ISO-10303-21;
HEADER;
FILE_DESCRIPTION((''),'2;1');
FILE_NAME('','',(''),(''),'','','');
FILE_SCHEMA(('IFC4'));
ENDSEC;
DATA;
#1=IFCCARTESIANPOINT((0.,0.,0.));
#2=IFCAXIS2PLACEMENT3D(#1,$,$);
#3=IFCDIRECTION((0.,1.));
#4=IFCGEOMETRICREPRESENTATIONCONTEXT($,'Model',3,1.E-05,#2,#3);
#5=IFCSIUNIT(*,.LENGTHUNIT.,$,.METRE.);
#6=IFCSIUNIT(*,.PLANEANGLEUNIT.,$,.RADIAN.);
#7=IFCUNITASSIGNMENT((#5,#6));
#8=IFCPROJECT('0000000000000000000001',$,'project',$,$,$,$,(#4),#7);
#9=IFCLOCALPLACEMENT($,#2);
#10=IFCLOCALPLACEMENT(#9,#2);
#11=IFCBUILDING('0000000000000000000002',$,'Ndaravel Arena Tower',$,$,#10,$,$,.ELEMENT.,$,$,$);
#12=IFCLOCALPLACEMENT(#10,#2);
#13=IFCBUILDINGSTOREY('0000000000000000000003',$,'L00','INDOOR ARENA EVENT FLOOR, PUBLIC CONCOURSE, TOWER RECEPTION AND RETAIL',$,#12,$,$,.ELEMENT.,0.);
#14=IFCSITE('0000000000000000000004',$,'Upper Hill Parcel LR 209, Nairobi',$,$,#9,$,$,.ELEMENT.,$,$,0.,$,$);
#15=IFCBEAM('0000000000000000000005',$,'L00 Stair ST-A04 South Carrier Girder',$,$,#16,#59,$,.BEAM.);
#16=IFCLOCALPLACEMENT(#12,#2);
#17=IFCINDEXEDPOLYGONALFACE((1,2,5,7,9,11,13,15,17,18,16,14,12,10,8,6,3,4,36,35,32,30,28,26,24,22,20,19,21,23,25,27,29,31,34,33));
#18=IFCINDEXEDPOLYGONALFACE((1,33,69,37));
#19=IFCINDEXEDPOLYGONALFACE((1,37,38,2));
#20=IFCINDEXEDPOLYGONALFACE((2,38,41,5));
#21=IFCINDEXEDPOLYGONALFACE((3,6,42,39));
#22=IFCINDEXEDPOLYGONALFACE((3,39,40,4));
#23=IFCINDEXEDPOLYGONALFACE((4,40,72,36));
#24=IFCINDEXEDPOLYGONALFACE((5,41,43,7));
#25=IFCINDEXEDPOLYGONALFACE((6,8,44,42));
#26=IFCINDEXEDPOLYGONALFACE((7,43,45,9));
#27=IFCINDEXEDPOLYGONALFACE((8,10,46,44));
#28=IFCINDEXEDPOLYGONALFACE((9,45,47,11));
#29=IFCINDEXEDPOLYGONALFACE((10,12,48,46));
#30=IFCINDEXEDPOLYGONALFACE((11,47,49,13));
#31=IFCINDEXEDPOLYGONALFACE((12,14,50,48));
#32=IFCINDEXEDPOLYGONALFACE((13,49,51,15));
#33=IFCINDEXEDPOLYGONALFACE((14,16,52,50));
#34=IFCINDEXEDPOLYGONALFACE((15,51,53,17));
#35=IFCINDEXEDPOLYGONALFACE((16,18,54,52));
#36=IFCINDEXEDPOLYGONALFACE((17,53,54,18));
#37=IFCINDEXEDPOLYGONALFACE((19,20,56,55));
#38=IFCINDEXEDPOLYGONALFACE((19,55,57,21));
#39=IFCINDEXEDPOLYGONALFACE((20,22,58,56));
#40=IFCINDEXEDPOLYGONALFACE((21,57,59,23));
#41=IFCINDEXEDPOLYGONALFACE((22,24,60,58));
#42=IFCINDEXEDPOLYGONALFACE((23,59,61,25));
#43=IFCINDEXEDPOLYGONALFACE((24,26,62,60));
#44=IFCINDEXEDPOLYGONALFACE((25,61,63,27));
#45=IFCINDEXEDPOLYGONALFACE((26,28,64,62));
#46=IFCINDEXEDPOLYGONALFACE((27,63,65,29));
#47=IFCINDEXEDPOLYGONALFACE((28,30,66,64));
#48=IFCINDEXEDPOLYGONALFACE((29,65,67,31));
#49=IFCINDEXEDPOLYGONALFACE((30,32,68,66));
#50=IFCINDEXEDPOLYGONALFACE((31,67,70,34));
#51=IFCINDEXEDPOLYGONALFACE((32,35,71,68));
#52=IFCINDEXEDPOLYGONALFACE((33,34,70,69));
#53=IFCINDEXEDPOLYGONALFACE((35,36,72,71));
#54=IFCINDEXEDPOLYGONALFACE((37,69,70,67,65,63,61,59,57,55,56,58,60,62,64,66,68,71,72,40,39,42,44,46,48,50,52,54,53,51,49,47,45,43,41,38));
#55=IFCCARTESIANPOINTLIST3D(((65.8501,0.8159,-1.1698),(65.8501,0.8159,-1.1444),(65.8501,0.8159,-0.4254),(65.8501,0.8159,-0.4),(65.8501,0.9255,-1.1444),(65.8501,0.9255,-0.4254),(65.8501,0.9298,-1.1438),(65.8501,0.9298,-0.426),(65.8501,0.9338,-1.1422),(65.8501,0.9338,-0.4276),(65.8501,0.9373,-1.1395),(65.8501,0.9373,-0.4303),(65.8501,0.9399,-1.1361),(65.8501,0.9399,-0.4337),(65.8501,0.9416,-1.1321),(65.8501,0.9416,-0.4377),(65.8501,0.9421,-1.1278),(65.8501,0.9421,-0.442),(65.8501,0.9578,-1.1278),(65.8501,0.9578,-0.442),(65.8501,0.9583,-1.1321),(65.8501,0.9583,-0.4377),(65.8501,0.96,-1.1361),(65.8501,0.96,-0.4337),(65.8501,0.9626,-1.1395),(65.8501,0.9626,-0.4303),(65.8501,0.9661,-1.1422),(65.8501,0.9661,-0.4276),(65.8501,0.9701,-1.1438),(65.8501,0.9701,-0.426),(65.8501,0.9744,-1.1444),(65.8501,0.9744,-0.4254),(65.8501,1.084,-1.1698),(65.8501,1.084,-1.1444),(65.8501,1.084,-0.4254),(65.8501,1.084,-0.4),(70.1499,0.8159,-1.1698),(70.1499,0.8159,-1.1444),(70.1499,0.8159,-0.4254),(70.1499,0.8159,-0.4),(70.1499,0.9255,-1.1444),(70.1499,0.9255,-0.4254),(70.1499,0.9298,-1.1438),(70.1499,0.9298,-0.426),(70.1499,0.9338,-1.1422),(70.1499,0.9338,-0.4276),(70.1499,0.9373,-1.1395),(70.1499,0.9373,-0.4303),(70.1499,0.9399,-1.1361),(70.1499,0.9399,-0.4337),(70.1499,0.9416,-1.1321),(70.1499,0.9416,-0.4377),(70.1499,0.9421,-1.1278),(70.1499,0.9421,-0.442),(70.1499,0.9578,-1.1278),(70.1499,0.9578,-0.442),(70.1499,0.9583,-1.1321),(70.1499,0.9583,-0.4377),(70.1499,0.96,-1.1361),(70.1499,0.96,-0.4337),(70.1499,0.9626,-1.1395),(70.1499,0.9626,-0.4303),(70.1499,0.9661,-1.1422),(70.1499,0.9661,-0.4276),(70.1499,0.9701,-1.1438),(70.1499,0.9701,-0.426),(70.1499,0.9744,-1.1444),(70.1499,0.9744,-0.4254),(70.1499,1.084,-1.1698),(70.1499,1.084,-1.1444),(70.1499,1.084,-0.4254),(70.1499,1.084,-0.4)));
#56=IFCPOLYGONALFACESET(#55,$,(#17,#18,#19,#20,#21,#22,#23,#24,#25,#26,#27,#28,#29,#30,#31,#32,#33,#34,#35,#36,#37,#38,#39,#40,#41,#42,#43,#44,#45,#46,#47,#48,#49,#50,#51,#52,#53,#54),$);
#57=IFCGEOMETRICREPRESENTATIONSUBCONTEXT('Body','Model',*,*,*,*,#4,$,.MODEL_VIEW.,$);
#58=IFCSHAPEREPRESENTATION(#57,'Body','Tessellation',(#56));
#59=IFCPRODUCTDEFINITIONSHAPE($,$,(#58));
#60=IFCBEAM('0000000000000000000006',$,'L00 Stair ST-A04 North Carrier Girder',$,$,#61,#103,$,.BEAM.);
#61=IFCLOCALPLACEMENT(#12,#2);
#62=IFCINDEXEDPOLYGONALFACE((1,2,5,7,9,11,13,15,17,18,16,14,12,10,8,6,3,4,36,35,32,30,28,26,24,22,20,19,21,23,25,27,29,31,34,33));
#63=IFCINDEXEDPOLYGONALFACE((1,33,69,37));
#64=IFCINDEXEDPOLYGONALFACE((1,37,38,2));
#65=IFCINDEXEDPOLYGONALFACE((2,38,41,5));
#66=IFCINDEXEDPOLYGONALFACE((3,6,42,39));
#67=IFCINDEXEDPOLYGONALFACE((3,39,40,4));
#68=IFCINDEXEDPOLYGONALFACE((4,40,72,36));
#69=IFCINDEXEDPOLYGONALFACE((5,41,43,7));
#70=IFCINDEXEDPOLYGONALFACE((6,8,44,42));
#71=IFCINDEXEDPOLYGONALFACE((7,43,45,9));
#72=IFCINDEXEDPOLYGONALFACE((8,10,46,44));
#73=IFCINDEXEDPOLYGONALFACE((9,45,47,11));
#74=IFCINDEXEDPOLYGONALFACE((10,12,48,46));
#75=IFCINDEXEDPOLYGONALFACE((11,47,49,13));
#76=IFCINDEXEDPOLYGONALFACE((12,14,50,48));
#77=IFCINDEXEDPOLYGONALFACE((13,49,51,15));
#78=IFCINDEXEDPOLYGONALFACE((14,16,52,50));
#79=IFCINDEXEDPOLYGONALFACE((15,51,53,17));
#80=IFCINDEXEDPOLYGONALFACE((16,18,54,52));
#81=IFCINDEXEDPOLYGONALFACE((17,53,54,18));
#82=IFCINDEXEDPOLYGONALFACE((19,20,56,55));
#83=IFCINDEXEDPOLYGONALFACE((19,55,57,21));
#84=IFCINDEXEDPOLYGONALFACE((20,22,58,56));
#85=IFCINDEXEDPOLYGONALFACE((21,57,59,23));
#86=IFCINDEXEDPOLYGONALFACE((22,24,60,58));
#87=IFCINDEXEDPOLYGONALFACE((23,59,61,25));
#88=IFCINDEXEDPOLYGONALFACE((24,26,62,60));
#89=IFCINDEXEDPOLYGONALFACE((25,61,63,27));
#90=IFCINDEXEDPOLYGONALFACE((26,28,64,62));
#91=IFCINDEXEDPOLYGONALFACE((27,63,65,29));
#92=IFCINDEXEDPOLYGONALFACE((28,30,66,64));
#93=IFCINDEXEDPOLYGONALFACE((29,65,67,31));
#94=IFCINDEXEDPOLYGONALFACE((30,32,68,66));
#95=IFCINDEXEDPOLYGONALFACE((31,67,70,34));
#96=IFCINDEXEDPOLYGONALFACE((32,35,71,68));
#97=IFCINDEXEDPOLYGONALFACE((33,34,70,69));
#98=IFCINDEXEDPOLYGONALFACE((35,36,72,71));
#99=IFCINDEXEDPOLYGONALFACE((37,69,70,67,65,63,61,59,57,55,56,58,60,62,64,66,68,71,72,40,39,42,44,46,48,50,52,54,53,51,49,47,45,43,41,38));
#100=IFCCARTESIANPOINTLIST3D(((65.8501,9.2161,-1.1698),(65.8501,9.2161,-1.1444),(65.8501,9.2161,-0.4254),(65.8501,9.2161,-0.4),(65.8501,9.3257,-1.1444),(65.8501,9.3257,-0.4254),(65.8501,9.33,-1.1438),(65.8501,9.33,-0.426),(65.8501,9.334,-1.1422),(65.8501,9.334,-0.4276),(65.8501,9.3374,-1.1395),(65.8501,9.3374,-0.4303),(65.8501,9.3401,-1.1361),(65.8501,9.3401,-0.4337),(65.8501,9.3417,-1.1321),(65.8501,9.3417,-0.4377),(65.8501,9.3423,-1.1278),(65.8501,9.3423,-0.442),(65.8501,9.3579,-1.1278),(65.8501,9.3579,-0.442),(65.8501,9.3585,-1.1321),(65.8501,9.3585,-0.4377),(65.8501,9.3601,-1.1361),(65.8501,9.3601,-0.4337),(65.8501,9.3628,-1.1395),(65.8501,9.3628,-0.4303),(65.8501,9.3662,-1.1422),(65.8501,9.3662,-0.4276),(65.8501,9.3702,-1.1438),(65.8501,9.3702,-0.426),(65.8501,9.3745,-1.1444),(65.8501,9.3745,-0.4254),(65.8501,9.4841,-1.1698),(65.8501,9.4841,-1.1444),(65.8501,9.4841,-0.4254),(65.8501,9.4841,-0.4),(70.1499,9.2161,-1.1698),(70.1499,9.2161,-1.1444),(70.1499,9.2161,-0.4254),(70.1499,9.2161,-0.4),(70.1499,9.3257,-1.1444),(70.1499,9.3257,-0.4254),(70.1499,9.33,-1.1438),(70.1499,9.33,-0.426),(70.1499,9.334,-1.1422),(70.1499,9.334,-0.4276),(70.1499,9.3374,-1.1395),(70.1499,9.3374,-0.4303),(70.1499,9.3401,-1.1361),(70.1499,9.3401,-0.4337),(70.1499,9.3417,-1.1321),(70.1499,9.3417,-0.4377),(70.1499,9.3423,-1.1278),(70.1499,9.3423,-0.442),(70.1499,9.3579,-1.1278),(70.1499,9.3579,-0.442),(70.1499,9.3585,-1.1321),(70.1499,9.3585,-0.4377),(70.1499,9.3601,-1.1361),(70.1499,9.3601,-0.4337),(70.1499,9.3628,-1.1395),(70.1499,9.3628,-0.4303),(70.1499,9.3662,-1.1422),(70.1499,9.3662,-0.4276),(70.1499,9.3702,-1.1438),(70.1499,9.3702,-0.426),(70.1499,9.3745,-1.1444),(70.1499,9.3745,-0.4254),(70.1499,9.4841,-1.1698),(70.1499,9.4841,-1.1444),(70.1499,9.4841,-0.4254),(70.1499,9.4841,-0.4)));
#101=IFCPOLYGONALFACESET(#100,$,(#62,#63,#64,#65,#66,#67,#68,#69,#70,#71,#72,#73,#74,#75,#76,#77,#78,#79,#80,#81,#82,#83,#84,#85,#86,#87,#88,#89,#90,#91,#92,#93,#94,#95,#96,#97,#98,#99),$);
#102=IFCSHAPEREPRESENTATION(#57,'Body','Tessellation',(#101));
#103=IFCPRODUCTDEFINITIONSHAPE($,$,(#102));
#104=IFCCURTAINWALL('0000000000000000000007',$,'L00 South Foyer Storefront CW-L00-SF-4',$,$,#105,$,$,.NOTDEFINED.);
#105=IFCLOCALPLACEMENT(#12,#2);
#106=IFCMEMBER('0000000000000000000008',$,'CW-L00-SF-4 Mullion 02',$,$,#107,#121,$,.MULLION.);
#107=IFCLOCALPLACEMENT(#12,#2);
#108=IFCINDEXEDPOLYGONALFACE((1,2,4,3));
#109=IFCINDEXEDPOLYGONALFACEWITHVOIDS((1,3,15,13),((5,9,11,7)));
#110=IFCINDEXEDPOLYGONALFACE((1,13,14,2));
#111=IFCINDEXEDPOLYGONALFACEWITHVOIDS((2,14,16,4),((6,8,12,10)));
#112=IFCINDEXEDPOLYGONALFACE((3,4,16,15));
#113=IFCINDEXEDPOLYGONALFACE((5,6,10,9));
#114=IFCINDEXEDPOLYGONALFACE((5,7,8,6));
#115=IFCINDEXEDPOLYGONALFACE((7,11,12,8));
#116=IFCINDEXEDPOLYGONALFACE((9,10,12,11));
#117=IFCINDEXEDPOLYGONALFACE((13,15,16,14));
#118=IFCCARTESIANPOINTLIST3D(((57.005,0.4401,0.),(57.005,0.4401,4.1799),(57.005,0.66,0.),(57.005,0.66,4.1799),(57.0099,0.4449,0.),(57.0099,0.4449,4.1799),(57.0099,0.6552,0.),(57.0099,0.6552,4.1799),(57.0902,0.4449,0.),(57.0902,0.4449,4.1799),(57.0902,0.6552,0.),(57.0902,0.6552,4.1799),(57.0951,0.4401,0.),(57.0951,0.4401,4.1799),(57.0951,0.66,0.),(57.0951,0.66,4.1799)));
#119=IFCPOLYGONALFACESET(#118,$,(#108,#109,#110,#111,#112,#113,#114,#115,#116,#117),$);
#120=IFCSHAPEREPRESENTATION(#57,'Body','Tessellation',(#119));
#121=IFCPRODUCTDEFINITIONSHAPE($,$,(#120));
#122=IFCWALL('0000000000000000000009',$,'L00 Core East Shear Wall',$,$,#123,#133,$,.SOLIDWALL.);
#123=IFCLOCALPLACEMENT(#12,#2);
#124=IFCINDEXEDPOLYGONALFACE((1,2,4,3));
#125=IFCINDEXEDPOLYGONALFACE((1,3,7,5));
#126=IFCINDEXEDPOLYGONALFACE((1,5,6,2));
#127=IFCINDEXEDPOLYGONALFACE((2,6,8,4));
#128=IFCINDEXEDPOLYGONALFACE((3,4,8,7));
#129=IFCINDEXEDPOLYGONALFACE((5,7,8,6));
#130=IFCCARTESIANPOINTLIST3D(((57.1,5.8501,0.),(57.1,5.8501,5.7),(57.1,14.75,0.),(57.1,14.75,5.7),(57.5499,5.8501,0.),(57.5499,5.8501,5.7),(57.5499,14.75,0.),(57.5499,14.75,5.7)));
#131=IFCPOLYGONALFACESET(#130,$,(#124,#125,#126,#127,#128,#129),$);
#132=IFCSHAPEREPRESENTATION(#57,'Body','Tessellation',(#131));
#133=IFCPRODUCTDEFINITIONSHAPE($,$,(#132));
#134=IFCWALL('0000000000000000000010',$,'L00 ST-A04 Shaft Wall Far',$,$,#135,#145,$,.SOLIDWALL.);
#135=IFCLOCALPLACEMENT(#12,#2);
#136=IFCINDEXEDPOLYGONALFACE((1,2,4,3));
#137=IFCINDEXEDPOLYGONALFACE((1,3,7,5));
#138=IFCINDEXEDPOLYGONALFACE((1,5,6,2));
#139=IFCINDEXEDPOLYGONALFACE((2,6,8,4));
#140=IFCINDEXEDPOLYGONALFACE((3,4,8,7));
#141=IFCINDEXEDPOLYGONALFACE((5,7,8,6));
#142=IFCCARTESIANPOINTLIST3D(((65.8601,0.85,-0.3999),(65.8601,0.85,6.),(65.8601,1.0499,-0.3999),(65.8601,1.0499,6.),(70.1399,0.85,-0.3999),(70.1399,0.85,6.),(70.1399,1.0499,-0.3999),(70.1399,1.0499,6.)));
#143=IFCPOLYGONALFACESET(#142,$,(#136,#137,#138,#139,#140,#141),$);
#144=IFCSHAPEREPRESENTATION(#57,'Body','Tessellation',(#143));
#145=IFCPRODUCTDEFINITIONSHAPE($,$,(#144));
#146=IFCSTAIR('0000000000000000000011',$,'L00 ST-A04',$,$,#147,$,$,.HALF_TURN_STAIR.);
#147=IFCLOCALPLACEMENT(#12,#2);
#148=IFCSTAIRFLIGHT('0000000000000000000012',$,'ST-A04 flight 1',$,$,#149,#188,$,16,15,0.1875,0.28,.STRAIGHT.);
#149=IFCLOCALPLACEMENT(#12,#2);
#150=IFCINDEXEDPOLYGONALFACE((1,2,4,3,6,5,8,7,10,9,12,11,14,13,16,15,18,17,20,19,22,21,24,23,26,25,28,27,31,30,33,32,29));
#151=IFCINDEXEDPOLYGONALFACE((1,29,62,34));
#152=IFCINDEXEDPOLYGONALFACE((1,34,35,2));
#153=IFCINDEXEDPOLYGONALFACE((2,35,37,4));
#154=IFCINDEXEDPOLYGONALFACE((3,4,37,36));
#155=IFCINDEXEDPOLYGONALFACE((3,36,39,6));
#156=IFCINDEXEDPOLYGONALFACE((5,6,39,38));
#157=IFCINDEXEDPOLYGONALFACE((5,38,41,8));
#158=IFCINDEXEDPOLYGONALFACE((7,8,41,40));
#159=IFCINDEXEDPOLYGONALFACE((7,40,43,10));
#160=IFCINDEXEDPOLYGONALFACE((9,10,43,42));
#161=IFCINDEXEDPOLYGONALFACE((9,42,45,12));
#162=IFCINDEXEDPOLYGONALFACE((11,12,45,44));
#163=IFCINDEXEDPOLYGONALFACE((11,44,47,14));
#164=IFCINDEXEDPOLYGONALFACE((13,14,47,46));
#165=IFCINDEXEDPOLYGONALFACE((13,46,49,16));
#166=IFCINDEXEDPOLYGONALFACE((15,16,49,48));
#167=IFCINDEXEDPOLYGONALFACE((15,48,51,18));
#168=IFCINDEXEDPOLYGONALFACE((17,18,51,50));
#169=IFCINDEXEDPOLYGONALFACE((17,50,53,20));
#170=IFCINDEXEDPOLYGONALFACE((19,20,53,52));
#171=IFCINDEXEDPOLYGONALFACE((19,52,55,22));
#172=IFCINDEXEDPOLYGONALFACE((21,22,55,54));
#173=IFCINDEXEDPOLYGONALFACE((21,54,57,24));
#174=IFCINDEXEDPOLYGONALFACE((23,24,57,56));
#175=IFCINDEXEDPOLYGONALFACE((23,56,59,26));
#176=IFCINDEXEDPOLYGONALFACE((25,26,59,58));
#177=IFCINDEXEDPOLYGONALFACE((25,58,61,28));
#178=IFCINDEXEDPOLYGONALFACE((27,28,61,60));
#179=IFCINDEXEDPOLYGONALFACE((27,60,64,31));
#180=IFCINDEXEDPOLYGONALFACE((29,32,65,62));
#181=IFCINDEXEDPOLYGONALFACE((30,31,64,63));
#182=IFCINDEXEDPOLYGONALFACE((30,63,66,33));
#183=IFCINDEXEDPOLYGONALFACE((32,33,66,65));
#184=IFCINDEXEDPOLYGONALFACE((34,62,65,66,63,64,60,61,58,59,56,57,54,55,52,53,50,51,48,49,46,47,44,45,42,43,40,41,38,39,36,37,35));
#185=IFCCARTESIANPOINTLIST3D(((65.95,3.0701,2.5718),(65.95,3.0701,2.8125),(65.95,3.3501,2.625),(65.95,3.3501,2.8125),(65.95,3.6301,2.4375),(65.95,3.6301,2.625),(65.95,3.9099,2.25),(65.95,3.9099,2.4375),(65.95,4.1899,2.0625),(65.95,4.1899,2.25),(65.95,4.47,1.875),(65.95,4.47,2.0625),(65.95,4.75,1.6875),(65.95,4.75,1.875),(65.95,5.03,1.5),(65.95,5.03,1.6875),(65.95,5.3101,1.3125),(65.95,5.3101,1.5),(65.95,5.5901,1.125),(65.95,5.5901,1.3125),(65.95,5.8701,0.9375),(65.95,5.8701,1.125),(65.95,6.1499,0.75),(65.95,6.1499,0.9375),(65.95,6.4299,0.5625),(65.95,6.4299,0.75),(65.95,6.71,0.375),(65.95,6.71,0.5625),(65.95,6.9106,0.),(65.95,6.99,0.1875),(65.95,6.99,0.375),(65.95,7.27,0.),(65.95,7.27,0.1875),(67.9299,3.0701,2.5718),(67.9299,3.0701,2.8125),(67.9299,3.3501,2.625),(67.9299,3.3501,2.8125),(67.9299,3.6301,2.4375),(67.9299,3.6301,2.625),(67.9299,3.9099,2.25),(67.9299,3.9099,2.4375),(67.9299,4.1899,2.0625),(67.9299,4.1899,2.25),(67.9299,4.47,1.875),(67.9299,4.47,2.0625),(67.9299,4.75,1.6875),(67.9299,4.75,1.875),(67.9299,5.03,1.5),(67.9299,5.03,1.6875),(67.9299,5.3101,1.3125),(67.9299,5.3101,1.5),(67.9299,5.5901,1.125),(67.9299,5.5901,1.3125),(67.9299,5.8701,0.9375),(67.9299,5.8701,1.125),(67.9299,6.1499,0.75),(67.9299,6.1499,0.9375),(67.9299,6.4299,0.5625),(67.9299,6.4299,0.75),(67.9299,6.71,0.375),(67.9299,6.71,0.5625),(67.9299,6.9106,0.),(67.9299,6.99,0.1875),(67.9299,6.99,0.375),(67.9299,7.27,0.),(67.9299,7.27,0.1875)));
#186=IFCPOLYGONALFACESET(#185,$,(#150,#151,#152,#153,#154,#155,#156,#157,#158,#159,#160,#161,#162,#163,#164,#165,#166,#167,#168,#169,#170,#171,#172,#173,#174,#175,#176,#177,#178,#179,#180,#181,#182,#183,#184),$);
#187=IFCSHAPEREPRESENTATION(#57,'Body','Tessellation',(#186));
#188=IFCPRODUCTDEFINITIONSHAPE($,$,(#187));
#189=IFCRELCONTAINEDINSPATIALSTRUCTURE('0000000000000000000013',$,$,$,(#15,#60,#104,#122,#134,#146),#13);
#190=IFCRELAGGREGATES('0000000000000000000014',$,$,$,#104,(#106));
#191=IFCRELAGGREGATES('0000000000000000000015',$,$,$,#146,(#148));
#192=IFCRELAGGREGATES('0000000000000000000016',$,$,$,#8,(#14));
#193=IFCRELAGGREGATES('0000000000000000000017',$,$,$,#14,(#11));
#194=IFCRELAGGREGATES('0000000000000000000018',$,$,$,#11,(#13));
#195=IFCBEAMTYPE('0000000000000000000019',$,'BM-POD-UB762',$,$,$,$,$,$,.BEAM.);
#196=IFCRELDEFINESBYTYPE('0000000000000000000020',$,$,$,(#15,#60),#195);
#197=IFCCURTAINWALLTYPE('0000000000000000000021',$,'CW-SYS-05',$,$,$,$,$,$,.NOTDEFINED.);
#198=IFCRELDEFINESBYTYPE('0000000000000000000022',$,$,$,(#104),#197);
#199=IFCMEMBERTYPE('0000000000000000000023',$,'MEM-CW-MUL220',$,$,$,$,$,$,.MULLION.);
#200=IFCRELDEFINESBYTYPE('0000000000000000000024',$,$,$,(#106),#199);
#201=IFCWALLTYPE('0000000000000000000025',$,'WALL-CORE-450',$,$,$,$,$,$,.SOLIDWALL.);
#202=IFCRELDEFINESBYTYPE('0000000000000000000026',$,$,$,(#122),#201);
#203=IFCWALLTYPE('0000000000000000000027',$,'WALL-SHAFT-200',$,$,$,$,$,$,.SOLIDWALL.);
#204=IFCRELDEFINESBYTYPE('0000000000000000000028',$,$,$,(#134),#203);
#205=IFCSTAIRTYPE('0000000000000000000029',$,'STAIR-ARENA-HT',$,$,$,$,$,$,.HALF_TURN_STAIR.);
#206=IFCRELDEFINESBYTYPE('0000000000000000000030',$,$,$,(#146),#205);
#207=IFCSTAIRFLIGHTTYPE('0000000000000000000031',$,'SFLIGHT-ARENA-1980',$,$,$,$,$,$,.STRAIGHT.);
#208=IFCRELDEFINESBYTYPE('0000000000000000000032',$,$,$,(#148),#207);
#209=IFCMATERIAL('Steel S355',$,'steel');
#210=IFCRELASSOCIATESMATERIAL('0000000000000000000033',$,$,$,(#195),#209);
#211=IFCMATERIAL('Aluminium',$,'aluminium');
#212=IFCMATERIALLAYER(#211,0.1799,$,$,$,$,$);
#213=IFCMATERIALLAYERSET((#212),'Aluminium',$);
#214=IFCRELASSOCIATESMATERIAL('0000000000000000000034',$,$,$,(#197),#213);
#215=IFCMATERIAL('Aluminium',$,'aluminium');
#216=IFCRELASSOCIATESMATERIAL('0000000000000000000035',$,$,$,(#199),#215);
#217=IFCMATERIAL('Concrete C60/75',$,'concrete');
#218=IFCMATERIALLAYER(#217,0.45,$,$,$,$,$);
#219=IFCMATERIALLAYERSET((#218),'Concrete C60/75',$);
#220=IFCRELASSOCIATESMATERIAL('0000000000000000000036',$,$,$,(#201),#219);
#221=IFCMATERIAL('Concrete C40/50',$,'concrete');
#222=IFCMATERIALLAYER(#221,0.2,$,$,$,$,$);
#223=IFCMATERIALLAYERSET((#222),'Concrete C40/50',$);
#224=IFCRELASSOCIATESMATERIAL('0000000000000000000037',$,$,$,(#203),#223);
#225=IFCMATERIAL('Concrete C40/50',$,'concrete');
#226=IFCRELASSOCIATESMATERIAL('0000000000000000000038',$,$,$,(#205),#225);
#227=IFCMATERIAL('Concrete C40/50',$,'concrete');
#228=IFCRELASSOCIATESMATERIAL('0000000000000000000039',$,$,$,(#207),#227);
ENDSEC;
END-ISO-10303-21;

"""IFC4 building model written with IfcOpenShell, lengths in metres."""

from ifc_helpers import new_model, si_unit, direction, frame, frame_2d, origin, origin_2d, place, context, subcontext, project, spatial, polyline, rectangle, hollow_rectangle, i_section, outline, extrude, material, layer, layer_set, material_profile, profile_set, type_object, element, aggregate, save


model = new_model("IFC4")

# Units and contexts
model_context = context("Model", 3, precision=1e-05, world=origin(), true_north=direction((0.0, 1.0)))
body_context = subcontext(model_context, "Body", "Model", "MODEL_VIEW")
ifc_project = project(units=[si_unit("LENGTHUNIT", "METRE"), si_unit("PLANEANGLEUNIT", "RADIAN")], contexts=[model_context])

# Site, building, storey
site_placement = place(None, origin())
site = spatial("IfcSite", under=ifc_project, at=site_placement, Name="Upper Hill Parcel LR 209, Nairobi", CompositionType="ELEMENT", RefElevation=0.0)
building_placement = place(site_placement, origin())
building = spatial("IfcBuilding", under=site, at=building_placement, Name="Ndaravel Arena Tower", CompositionType="ELEMENT")
storey_placement = place(building_placement, origin())
storey = spatial("IfcBuildingStorey", under=building, at=storey_placement, Name="L00", Description="INDOOR ARENA EVENT FLOOR, PUBLIC CONCOURSE, TOWER RECEPTION AND RETAIL", CompositionType="ELEMENT", Elevation=0.0)

# Beams
ifc_material_1 = material(Name="Steel S355", Category="steel")
ifc_material_profile_1 = material_profile(ifc_material_1, i_section(OverallWidth=0.2681, OverallDepth=0.7698, WebThickness=0.0156, FlangeThickness=0.0254, FilletRadius=0.0166, at=origin_2d()), Name="UB 762x267x197")
ifc_profile_set_1 = profile_set([ifc_material_profile_1], Name="Steel S355")
beam_type = type_object("IfcBeamType", Name="BM-POD-UB762", PredefinedType="BEAM", material=ifc_profile_set_1)
for number, where, z_axis, x_axis, name in (
    (1, (65.8501, 0.95, -0.7849), (1.0, 0.0, 0.0), (0.0, 1.0, 0.0), "L00 Stair ST-A04 South Carrier Girder"),
    (2, (65.8501, 9.3501, -0.7849), (1.0, 0.0, 0.0), (0.0, 1.0, 0.0), "L00 Stair ST-A04 North Carrier Girder"),
):
    element("IfcBeam", number, at=place(storey_placement, frame(where, z_axis=z_axis, x_axis=x_axis)), inside=storey, type_object=beam_type, Name=name, PredefinedType="BEAM", context=body_context, shape_type="SweptSolid", body=[
        extrude(i_section(OverallWidth=0.2681, OverallDepth=0.7698, WebThickness=0.0156, FlangeThickness=0.0254, FilletRadius=0.0166, at=origin_2d()), origin(), (0.0, 0.0, 1.0), 4.2998),
    ])

# Curtain wall, member
ifc_material_2 = material(Name="Aluminium", Category="aluminium")
ifc_layer_1 = layer(ifc_material_2, 0.1799)
ifc_layer_set_1 = layer_set([ifc_layer_1], Name="Aluminium")
curtain_wall_type = type_object("IfcCurtainWallType", Name="CW-SYS-05", PredefinedType="NOTDEFINED", material=ifc_layer_set_1)
curtain_wall_placement = place(storey_placement, origin())
curtain_wall = element("IfcCurtainWall", 3, at=curtain_wall_placement, inside=storey, type_object=curtain_wall_type, Name="L00 South Foyer Storefront CW-L00-SF-4", PredefinedType="NOTDEFINED")
ifc_material_3 = material(Name="Aluminium", Category="aluminium")
ifc_material_profile_2 = material_profile(ifc_material_3, hollow_rectangle(XDim=0.0901, YDim=0.22, WallThickness=0.0049, at=origin_2d()), Name="CW MULLION 90x220x5")
ifc_profile_set_2 = profile_set([ifc_material_profile_2], Name="Aluminium")
member_type = type_object("IfcMemberType", Name="MEM-CW-MUL220", PredefinedType="MULLION", material=ifc_profile_set_2)
member_placement = place(storey_placement, frame((57.05, 0.55, 0.0), z_axis=(0.0, 0.0, 1.0), x_axis=(1.0, 0.0, 0.0)))
member = element("IfcMember", 4, at=member_placement, type_object=member_type, Name="CW-L00-SF-4 Mullion 02", PredefinedType="MULLION", context=body_context, shape_type="SweptSolid", body=[
    extrude(hollow_rectangle(XDim=0.0901, YDim=0.22, WallThickness=0.0049, at=origin_2d()), origin(), (0.0, 0.0, 1.0), 4.1799),
])
aggregate(curtain_wall, [member])

# Walls
ifc_material_4 = material(Name="Concrete C60/75", Category="concrete")
ifc_layer_2 = layer(ifc_material_4, 0.45)
ifc_layer_set_2 = layer_set([ifc_layer_2], Name="Concrete C60/75")
wall_type_1 = type_object("IfcWallType", Name="WALL-CORE-450", PredefinedType="SOLIDWALL", material=ifc_layer_set_2)
wall_1_placement = place(storey_placement, frame((57.325, 5.8501, 0.0), z_axis=(0.0, 0.0, 1.0), x_axis=(0.0, 1.0, 0.0)))
element("IfcWall", 5, at=wall_1_placement, inside=storey, type_object=wall_type_1, Name="L00 Core East Shear Wall", PredefinedType="SOLIDWALL", context=body_context, shape_type="SweptSolid", body=[
    extrude(rectangle(XDim=8.8999, YDim=0.45, at=frame_2d((4.45, 0.0))), origin(), (0.0, 0.0, 1.0), 5.7),
])
ifc_material_5 = material(Name="Concrete C40/50", Category="concrete")
ifc_layer_3 = layer(ifc_material_5, 0.2)
ifc_layer_set_3 = layer_set([ifc_layer_3], Name="Concrete C40/50")
wall_type_2 = type_object("IfcWallType", Name="WALL-SHAFT-200", PredefinedType="SOLIDWALL", material=ifc_layer_set_3)
wall_2_placement = place(storey_placement, frame((65.8601, 0.95, -0.3999), z_axis=(0.0, 0.0, 1.0), x_axis=(1.0, 0.0, 0.0)))
element("IfcWall", 6, at=wall_2_placement, inside=storey, type_object=wall_type_2, Name="L00 ST-A04 Shaft Wall Far", PredefinedType="SOLIDWALL", context=body_context, shape_type="SweptSolid", body=[
    extrude(rectangle(XDim=4.2798, YDim=0.2, at=frame_2d((2.1399, 0.0))), origin(), (0.0, 0.0, 1.0), 6.3999),
])

# Stair, stair flight
ifc_material_6 = material(Name="Concrete C40/50", Category="concrete")
stair_type = type_object("IfcStairType", Name="STAIR-ARENA-HT", PredefinedType="HALF_TURN_STAIR", material=ifc_material_6)
stair_placement = place(storey_placement, origin())
stair = element("IfcStair", 7, at=stair_placement, inside=storey, type_object=stair_type, Name="L00 ST-A04", PredefinedType="HALF_TURN_STAIR")
ifc_material_7 = material(Name="Concrete C40/50", Category="concrete")
stair_flight_type = type_object("IfcStairFlightType", Name="SFLIGHT-ARENA-1980", PredefinedType="STRAIGHT", material=ifc_material_7)
stair_flight_1_placement = place(storey_placement, frame((66.9399, 7.27, 0.0), z_axis=(0.0, 0.0, 1.0), x_axis=(0.0, -1.0, 0.0)))
stair_flight_1 = element("IfcStairFlight", 8, at=stair_flight_1_placement, type_object=stair_flight_type, Name="ST-A04 flight 1", NumberOfRisers=16, NumberOfTreads=15, PredefinedType="STRAIGHT", RiserHeight=0.1875, TreadLength=0.28, context=body_context, shape_type="SweptSolid", body=[
    extrude(outline(polyline([(0.0, 0.0), (0.0, 0.1875), (0.28, 0.1875), (0.28, 0.375), (0.5601, 0.375), (0.5601, 0.5625), (0.8401, 0.5625), (0.8401, 0.75), (1.1201, 0.75), (1.1201, 0.9375), (1.3999, 0.9375), (1.3999, 1.125), (1.6799, 1.125), (1.6799, 1.3125), (1.96, 1.3125), (1.96, 1.5), (2.24, 1.5), (2.24, 1.6875), (2.52, 1.6875), (2.52, 1.875), (2.8, 1.875), (2.8, 2.0625), (3.0801, 2.0625), (3.0801, 2.25), (3.3601, 2.25), (3.3601, 2.4375), (3.6399, 2.4375), (3.6399, 2.625), (3.9199, 2.625), (3.9199, 2.8125), (4.2, 2.8125), (4.2, 3.0), (4.2, 2.5718), (0.3594, 0.0), (0.0, 0.0)])), frame((0.0, 0.99, 0.0), z_axis=(0.0, -1.0, 0.0), x_axis=(1.0, 0.0, 0.0)), (0.0, 0.0, 1.0), 1.98),
])
aggregate(stair, [stair_flight_1])

save(model, "model.ifc")
